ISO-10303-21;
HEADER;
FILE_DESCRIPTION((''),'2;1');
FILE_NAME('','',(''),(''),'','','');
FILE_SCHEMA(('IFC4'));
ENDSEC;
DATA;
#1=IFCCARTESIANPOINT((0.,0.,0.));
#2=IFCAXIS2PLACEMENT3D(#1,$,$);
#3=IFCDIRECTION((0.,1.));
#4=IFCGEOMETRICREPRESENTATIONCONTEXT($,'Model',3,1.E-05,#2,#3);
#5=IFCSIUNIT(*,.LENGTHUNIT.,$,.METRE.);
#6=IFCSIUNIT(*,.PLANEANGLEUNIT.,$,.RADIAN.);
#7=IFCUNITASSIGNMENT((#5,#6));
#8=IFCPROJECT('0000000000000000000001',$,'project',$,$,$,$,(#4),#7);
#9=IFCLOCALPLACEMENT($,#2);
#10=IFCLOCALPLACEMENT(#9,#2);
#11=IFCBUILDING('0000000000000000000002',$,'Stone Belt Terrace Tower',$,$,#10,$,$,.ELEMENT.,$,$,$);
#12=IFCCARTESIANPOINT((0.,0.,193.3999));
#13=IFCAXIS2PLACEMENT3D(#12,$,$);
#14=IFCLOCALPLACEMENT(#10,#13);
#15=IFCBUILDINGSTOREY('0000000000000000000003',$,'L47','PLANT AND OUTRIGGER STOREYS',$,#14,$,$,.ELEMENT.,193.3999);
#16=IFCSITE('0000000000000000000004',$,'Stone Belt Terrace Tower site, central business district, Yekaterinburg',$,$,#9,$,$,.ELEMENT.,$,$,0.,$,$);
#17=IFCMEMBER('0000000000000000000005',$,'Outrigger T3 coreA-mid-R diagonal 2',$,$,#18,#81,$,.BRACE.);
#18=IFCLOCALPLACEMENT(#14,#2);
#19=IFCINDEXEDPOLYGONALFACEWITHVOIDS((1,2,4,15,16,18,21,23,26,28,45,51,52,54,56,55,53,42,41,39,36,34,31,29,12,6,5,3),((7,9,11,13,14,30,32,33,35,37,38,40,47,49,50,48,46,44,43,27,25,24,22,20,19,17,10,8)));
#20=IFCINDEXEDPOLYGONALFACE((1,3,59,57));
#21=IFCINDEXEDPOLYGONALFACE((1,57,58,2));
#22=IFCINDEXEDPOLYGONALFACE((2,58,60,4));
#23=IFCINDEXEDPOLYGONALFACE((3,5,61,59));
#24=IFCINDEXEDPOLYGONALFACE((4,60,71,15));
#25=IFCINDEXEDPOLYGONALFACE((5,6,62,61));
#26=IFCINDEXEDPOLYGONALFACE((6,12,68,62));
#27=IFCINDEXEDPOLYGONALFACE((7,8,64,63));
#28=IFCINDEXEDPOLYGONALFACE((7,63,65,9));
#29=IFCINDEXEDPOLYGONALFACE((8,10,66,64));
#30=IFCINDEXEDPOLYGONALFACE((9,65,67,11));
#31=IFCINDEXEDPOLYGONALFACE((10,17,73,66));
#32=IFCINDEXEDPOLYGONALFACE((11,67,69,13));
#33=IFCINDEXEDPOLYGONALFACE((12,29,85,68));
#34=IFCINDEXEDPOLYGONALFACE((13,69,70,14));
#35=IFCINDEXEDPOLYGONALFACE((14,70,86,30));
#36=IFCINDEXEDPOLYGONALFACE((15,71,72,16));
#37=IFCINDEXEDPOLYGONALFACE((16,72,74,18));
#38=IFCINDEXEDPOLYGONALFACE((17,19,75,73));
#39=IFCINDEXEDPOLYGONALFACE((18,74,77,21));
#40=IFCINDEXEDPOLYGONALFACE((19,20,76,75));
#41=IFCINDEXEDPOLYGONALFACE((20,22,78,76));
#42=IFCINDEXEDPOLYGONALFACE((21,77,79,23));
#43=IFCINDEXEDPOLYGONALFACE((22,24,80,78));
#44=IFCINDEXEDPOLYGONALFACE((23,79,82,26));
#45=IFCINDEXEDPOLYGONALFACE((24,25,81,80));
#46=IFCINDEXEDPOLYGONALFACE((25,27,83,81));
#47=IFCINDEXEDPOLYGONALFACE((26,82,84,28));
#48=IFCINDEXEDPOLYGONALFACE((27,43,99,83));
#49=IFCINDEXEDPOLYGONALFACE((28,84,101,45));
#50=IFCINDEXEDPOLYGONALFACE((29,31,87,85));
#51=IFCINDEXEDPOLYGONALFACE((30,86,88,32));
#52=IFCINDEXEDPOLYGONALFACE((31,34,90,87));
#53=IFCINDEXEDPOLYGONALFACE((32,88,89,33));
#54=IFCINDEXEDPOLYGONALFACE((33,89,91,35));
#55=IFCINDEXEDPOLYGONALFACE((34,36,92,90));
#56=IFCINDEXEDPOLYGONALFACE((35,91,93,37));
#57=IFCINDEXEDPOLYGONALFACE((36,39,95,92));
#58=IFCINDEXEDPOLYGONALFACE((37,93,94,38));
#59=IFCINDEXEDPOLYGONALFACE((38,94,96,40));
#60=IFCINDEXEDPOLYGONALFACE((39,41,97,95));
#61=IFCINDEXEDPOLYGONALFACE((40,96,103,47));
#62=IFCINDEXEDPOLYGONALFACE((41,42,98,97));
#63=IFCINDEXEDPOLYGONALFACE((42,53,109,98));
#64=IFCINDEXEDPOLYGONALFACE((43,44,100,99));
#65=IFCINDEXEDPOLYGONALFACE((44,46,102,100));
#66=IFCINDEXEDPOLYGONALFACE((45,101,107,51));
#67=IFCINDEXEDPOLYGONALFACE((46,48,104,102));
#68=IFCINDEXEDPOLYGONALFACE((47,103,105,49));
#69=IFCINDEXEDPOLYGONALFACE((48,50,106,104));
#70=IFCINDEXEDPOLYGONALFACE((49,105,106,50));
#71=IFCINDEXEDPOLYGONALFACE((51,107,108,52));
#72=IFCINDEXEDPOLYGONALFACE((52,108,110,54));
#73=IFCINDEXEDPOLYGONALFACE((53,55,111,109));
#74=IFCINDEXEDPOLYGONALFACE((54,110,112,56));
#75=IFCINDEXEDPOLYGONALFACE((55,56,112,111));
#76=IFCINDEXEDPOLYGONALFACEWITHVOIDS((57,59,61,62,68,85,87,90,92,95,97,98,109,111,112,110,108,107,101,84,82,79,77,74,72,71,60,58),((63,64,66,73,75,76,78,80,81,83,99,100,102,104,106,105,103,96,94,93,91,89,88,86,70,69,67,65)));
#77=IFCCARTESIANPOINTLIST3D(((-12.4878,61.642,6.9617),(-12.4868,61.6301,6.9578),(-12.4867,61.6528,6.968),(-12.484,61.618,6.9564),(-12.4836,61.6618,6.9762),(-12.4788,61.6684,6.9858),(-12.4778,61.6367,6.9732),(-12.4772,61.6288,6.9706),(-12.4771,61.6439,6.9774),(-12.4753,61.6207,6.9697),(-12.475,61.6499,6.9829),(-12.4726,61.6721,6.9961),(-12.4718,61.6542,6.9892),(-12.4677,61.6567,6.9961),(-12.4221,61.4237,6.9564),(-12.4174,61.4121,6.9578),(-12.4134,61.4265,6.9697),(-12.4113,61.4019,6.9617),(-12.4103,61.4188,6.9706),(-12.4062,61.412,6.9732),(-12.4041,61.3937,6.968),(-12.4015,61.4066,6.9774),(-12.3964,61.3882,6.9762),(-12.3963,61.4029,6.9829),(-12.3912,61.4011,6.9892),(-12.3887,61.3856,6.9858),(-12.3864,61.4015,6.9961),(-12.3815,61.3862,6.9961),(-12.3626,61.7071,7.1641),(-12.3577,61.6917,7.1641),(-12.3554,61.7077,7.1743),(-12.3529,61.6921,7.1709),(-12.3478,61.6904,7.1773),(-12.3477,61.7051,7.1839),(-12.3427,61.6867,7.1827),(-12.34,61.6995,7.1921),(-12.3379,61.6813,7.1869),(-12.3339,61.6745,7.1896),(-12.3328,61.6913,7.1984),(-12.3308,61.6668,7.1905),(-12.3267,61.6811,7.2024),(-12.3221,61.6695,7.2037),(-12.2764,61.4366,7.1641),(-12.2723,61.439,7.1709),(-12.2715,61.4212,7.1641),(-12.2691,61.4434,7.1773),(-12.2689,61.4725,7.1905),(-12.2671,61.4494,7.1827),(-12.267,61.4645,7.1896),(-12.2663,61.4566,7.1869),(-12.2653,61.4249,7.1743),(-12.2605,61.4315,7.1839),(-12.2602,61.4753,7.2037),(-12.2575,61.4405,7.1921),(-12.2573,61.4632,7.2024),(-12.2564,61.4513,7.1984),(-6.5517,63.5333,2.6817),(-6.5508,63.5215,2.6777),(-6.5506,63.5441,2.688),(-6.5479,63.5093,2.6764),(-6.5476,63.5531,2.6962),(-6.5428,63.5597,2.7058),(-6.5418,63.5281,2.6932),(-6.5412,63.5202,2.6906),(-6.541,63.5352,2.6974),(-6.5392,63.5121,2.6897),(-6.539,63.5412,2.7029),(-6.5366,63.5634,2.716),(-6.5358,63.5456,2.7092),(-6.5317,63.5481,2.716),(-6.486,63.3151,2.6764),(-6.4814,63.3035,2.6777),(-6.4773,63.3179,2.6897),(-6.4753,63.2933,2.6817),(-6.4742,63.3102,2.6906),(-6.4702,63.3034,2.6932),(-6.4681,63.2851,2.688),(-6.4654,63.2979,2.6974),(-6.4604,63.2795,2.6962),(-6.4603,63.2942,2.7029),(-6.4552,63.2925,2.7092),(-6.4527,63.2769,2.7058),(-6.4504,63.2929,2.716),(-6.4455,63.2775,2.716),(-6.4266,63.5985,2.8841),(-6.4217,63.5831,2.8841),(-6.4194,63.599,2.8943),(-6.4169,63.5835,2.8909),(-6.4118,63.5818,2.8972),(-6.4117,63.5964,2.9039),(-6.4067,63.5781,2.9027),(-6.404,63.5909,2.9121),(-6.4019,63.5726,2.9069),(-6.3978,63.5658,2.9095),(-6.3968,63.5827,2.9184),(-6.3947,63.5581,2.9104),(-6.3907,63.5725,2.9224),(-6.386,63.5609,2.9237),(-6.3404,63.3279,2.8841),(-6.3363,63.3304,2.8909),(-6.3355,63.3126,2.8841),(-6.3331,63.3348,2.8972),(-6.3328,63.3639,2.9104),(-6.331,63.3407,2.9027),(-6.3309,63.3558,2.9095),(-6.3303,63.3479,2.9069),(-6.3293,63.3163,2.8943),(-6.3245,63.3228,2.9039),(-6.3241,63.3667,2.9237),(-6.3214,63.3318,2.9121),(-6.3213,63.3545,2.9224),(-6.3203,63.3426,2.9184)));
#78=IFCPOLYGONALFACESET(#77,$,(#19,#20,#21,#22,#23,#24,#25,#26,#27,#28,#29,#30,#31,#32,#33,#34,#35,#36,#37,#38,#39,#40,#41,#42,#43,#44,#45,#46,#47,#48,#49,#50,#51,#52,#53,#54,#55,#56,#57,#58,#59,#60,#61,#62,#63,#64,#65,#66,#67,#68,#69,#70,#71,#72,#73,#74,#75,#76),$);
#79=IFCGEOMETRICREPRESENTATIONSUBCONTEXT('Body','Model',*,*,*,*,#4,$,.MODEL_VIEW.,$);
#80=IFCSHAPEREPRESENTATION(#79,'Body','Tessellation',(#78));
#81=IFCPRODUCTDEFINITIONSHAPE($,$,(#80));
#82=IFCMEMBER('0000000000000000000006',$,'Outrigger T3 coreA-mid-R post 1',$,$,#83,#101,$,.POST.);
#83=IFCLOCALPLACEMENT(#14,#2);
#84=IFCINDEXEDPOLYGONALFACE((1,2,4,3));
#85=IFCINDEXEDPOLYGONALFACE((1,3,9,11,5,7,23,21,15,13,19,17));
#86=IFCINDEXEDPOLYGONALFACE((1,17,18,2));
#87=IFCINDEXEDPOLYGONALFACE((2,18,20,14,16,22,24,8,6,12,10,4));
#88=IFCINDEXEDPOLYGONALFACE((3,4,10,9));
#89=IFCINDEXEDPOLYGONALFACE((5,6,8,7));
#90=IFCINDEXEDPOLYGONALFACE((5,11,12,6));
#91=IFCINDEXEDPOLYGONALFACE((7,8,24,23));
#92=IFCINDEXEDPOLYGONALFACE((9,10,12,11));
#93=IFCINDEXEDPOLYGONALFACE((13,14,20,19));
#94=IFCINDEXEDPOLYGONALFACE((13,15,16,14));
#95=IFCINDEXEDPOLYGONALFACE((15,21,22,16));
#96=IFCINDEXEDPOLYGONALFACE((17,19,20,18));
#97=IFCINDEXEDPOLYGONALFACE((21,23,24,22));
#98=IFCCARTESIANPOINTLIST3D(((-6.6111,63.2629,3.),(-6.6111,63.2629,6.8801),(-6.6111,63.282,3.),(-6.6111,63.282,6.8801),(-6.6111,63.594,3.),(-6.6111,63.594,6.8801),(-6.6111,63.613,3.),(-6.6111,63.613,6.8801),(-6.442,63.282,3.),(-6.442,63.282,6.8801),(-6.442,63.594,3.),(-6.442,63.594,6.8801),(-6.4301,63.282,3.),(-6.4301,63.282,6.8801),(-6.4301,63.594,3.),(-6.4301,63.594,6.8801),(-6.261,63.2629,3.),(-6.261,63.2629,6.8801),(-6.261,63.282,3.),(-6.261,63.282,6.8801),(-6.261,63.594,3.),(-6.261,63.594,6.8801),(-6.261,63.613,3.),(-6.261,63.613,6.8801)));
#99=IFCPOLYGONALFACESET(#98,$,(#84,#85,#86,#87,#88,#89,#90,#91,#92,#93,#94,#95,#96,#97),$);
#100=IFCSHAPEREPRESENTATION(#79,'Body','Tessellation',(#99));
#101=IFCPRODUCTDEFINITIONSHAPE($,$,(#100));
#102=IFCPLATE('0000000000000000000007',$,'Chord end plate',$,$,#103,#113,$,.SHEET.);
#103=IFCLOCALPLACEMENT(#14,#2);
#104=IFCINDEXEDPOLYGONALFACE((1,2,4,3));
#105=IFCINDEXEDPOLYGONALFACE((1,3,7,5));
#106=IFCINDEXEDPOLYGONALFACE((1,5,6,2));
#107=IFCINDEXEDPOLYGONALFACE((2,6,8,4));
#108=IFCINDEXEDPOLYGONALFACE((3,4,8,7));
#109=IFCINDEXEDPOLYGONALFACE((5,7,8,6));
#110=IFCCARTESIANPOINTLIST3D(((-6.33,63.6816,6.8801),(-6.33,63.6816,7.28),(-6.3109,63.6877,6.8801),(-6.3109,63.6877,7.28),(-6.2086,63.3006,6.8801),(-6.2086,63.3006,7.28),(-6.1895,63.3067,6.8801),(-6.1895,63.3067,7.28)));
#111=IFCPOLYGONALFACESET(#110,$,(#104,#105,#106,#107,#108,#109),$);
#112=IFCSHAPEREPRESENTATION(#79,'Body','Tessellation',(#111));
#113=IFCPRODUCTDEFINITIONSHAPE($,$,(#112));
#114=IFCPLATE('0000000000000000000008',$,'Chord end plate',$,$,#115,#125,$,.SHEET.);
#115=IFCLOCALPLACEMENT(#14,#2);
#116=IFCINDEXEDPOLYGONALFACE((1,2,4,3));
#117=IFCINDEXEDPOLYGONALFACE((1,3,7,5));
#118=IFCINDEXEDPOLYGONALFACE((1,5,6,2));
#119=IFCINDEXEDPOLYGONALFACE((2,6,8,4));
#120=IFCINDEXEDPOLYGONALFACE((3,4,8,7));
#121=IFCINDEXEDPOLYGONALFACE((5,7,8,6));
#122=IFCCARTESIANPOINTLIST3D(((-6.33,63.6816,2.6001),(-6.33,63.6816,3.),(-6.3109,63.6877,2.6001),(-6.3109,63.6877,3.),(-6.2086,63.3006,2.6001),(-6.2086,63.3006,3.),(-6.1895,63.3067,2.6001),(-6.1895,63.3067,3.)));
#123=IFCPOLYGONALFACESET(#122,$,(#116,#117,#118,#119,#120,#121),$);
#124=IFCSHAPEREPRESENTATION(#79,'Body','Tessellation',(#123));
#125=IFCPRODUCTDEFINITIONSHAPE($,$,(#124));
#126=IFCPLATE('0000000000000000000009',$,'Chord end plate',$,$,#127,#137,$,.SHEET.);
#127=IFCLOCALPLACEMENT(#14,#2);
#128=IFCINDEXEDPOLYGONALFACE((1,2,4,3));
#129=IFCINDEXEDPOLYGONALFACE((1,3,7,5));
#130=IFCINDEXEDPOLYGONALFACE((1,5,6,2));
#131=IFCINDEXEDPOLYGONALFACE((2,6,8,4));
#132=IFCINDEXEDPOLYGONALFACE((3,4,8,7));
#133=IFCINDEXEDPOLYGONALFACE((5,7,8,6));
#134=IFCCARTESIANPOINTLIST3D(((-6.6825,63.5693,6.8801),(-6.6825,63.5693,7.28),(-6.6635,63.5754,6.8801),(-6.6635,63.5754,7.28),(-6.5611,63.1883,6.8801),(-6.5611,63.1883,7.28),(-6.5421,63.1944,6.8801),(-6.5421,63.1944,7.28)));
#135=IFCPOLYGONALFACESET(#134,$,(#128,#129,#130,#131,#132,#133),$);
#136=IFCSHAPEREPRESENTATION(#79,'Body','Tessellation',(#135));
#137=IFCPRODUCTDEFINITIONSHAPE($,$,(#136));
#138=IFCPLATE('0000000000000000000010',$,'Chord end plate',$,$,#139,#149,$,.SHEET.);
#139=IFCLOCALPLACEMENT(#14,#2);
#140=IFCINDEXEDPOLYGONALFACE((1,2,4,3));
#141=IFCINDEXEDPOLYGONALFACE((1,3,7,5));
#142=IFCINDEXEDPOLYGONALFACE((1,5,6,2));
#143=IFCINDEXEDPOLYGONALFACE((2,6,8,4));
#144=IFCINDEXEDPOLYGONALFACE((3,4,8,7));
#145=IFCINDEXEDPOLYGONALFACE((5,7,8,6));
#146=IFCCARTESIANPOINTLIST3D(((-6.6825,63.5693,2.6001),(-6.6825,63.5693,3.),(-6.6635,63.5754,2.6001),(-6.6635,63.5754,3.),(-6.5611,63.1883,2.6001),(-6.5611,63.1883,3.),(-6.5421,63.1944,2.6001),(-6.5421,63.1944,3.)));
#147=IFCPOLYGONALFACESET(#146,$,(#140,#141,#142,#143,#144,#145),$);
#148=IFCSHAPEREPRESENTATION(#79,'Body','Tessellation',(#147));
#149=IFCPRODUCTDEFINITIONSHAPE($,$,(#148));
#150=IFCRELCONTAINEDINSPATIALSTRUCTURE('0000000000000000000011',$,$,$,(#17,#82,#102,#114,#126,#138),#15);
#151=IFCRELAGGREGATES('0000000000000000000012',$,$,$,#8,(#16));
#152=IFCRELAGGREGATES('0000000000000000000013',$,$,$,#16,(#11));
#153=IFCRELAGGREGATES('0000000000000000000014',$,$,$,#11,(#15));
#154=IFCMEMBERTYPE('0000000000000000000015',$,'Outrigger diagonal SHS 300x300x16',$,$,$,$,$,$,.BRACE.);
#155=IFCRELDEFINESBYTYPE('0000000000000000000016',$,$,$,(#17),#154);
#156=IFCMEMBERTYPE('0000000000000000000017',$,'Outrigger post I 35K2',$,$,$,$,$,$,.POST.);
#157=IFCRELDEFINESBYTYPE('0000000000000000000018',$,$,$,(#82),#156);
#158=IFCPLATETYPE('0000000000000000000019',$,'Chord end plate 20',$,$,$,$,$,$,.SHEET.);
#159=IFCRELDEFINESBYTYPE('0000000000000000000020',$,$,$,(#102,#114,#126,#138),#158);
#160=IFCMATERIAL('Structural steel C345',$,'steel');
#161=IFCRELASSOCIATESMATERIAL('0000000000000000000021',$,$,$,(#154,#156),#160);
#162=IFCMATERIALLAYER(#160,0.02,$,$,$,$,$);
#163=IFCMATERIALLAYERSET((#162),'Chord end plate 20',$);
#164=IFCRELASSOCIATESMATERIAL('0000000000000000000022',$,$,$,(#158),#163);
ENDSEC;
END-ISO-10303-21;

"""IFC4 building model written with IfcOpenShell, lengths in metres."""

from ifc_helpers import new_model, si_unit, direction, frame, origin, origin_2d, place, context, subcontext, project, spatial, rectangle, hollow_rectangle, i_section, extrude, material, layer, layer_set, material_profile, profile_set, type_object, element, save


model = new_model("IFC4")

# Units and contexts
model_context = context("Model", 3, precision=1e-05, world=origin(), true_north=direction((0.0, 1.0)))
body_context = subcontext(model_context, "Body", "Model", "MODEL_VIEW")
ifc_project = project(units=[si_unit("LENGTHUNIT", "METRE"), si_unit("PLANEANGLEUNIT", "RADIAN")], contexts=[model_context])

# Site, building, storey
site_placement = place(None, origin())
site = spatial("IfcSite", under=ifc_project, at=site_placement, Name="Stone Belt Terrace Tower site, central business district, Yekaterinburg", CompositionType="ELEMENT", RefElevation=0.0)
building_placement = place(site_placement, origin())
building = spatial("IfcBuilding", under=site, at=building_placement, Name="Stone Belt Terrace Tower", CompositionType="ELEMENT")
storey_placement = place(building_placement, frame((0.0, 0.0, 193.3999)))
storey = spatial("IfcBuildingStorey", under=building, at=storey_placement, Name="L47", Description="PLANT AND OUTRIGGER STOREYS", CompositionType="ELEMENT", Elevation=193.3999)

# Members
ifc_material_1 = material(Name="Structural steel C345", Category="steel")
ifc_material_profile_1 = material_profile(ifc_material_1, hollow_rectangle(XDim=0.3, YDim=0.3, WallThickness=0.0161, InnerFilletRadius=0.032, OuterFilletRadius=0.0481, at=origin_2d()), Name="SHS 300x300x16")
ifc_profile_set_1 = profile_set([ifc_material_profile_1], Name="Structural steel C345")
member_type_1 = type_object("IfcMemberType", Name="Outrigger diagonal SHS 300x300x16", PredefinedType="BRACE", material=ifc_profile_set_1)
member_1_placement = place(storey_placement, frame((-6.436, 63.438, 2.8), z_axis=(-0.785336, -0.250226, 0.566246), x_axis=(0.303585, -0.952804, 0.0)))
element("IfcMember", 1, at=member_1_placement, inside=storey, type_object=member_type_1, Name="Outrigger T3 coreA-mid-R diagonal 2", PredefinedType="BRACE", context=body_context, shape_type="SweptSolid", body=[
    extrude(hollow_rectangle(XDim=0.3, YDim=0.3, WallThickness=0.0161, InnerFilletRadius=0.032, OuterFilletRadius=0.0481, at=origin_2d()), origin(), (0.0, 0.0, 1.0), 7.5586),
])
ifc_material_profile_2 = material_profile(ifc_material_1, i_section(OverallWidth=0.3501, OverallDepth=0.3501, WebThickness=0.012, FlangeThickness=0.019, at=origin_2d()), Name="I 35K2")
ifc_profile_set_2 = profile_set([ifc_material_profile_2], Name="Structural steel C345")
member_type_2 = type_object("IfcMemberType", Name="Outrigger post I 35K2", PredefinedType="POST", material=ifc_profile_set_2)
member_2_placement = place(storey_placement, frame((-6.436, 63.438, 3.0), z_axis=(0.0, 0.0, 1.0), x_axis=(1.0, 0.0, 0.0)))
element("IfcMember", 2, at=member_2_placement, inside=storey, type_object=member_type_2, Name="Outrigger T3 coreA-mid-R post 1", PredefinedType="POST", context=body_context, shape_type="SweptSolid", body=[
    extrude(i_section(OverallWidth=0.3501, OverallDepth=0.3501, WebThickness=0.012, FlangeThickness=0.019, at=origin_2d()), origin(), (0.0, 0.0, 1.0), 3.8801),
])

# Plates
ifc_layer_1 = layer(ifc_material_1, 0.02)
ifc_layer_set_1 = layer_set([ifc_layer_1], Name="Chord end plate 20")
plate_type = type_object("IfcPlateType", Name="Chord end plate 20", PredefinedType="SHEET", material=ifc_layer_set_1)
for number, where, z_axis, x_axis, name in (
    (3, (-6.2598, 63.4941, 6.8801), (0.0, 0.0, 1.0), (-0.952799, -0.303602, 0.0), "Chord end plate"),
    (4, (-6.2598, 63.4941, 2.6001), (0.0, 0.0, 1.0), (-0.952799, -0.303602, 0.0), "Chord end plate"),
    (5, (-6.6123, 63.3818, 6.8801), (0.0, 0.0, 1.0), (0.952799, 0.303602, 0.0), "Chord end plate"),
    (6, (-6.6123, 63.3818, 2.6001), (0.0, 0.0, 1.0), (0.952799, 0.303602, 0.0), "Chord end plate"),
):
    element("IfcPlate", number, at=place(storey_placement, frame(where, z_axis=z_axis, x_axis=x_axis)), inside=storey, type_object=plate_type, Name=name, PredefinedType="SHEET", context=body_context, shape_type="SweptSolid", body=[
        extrude(rectangle(XDim=0.02, YDim=0.3999, at=origin_2d()), origin(), (0.0, 0.0, 1.0), 0.3999),
    ])

save(model, "model.ifc")
